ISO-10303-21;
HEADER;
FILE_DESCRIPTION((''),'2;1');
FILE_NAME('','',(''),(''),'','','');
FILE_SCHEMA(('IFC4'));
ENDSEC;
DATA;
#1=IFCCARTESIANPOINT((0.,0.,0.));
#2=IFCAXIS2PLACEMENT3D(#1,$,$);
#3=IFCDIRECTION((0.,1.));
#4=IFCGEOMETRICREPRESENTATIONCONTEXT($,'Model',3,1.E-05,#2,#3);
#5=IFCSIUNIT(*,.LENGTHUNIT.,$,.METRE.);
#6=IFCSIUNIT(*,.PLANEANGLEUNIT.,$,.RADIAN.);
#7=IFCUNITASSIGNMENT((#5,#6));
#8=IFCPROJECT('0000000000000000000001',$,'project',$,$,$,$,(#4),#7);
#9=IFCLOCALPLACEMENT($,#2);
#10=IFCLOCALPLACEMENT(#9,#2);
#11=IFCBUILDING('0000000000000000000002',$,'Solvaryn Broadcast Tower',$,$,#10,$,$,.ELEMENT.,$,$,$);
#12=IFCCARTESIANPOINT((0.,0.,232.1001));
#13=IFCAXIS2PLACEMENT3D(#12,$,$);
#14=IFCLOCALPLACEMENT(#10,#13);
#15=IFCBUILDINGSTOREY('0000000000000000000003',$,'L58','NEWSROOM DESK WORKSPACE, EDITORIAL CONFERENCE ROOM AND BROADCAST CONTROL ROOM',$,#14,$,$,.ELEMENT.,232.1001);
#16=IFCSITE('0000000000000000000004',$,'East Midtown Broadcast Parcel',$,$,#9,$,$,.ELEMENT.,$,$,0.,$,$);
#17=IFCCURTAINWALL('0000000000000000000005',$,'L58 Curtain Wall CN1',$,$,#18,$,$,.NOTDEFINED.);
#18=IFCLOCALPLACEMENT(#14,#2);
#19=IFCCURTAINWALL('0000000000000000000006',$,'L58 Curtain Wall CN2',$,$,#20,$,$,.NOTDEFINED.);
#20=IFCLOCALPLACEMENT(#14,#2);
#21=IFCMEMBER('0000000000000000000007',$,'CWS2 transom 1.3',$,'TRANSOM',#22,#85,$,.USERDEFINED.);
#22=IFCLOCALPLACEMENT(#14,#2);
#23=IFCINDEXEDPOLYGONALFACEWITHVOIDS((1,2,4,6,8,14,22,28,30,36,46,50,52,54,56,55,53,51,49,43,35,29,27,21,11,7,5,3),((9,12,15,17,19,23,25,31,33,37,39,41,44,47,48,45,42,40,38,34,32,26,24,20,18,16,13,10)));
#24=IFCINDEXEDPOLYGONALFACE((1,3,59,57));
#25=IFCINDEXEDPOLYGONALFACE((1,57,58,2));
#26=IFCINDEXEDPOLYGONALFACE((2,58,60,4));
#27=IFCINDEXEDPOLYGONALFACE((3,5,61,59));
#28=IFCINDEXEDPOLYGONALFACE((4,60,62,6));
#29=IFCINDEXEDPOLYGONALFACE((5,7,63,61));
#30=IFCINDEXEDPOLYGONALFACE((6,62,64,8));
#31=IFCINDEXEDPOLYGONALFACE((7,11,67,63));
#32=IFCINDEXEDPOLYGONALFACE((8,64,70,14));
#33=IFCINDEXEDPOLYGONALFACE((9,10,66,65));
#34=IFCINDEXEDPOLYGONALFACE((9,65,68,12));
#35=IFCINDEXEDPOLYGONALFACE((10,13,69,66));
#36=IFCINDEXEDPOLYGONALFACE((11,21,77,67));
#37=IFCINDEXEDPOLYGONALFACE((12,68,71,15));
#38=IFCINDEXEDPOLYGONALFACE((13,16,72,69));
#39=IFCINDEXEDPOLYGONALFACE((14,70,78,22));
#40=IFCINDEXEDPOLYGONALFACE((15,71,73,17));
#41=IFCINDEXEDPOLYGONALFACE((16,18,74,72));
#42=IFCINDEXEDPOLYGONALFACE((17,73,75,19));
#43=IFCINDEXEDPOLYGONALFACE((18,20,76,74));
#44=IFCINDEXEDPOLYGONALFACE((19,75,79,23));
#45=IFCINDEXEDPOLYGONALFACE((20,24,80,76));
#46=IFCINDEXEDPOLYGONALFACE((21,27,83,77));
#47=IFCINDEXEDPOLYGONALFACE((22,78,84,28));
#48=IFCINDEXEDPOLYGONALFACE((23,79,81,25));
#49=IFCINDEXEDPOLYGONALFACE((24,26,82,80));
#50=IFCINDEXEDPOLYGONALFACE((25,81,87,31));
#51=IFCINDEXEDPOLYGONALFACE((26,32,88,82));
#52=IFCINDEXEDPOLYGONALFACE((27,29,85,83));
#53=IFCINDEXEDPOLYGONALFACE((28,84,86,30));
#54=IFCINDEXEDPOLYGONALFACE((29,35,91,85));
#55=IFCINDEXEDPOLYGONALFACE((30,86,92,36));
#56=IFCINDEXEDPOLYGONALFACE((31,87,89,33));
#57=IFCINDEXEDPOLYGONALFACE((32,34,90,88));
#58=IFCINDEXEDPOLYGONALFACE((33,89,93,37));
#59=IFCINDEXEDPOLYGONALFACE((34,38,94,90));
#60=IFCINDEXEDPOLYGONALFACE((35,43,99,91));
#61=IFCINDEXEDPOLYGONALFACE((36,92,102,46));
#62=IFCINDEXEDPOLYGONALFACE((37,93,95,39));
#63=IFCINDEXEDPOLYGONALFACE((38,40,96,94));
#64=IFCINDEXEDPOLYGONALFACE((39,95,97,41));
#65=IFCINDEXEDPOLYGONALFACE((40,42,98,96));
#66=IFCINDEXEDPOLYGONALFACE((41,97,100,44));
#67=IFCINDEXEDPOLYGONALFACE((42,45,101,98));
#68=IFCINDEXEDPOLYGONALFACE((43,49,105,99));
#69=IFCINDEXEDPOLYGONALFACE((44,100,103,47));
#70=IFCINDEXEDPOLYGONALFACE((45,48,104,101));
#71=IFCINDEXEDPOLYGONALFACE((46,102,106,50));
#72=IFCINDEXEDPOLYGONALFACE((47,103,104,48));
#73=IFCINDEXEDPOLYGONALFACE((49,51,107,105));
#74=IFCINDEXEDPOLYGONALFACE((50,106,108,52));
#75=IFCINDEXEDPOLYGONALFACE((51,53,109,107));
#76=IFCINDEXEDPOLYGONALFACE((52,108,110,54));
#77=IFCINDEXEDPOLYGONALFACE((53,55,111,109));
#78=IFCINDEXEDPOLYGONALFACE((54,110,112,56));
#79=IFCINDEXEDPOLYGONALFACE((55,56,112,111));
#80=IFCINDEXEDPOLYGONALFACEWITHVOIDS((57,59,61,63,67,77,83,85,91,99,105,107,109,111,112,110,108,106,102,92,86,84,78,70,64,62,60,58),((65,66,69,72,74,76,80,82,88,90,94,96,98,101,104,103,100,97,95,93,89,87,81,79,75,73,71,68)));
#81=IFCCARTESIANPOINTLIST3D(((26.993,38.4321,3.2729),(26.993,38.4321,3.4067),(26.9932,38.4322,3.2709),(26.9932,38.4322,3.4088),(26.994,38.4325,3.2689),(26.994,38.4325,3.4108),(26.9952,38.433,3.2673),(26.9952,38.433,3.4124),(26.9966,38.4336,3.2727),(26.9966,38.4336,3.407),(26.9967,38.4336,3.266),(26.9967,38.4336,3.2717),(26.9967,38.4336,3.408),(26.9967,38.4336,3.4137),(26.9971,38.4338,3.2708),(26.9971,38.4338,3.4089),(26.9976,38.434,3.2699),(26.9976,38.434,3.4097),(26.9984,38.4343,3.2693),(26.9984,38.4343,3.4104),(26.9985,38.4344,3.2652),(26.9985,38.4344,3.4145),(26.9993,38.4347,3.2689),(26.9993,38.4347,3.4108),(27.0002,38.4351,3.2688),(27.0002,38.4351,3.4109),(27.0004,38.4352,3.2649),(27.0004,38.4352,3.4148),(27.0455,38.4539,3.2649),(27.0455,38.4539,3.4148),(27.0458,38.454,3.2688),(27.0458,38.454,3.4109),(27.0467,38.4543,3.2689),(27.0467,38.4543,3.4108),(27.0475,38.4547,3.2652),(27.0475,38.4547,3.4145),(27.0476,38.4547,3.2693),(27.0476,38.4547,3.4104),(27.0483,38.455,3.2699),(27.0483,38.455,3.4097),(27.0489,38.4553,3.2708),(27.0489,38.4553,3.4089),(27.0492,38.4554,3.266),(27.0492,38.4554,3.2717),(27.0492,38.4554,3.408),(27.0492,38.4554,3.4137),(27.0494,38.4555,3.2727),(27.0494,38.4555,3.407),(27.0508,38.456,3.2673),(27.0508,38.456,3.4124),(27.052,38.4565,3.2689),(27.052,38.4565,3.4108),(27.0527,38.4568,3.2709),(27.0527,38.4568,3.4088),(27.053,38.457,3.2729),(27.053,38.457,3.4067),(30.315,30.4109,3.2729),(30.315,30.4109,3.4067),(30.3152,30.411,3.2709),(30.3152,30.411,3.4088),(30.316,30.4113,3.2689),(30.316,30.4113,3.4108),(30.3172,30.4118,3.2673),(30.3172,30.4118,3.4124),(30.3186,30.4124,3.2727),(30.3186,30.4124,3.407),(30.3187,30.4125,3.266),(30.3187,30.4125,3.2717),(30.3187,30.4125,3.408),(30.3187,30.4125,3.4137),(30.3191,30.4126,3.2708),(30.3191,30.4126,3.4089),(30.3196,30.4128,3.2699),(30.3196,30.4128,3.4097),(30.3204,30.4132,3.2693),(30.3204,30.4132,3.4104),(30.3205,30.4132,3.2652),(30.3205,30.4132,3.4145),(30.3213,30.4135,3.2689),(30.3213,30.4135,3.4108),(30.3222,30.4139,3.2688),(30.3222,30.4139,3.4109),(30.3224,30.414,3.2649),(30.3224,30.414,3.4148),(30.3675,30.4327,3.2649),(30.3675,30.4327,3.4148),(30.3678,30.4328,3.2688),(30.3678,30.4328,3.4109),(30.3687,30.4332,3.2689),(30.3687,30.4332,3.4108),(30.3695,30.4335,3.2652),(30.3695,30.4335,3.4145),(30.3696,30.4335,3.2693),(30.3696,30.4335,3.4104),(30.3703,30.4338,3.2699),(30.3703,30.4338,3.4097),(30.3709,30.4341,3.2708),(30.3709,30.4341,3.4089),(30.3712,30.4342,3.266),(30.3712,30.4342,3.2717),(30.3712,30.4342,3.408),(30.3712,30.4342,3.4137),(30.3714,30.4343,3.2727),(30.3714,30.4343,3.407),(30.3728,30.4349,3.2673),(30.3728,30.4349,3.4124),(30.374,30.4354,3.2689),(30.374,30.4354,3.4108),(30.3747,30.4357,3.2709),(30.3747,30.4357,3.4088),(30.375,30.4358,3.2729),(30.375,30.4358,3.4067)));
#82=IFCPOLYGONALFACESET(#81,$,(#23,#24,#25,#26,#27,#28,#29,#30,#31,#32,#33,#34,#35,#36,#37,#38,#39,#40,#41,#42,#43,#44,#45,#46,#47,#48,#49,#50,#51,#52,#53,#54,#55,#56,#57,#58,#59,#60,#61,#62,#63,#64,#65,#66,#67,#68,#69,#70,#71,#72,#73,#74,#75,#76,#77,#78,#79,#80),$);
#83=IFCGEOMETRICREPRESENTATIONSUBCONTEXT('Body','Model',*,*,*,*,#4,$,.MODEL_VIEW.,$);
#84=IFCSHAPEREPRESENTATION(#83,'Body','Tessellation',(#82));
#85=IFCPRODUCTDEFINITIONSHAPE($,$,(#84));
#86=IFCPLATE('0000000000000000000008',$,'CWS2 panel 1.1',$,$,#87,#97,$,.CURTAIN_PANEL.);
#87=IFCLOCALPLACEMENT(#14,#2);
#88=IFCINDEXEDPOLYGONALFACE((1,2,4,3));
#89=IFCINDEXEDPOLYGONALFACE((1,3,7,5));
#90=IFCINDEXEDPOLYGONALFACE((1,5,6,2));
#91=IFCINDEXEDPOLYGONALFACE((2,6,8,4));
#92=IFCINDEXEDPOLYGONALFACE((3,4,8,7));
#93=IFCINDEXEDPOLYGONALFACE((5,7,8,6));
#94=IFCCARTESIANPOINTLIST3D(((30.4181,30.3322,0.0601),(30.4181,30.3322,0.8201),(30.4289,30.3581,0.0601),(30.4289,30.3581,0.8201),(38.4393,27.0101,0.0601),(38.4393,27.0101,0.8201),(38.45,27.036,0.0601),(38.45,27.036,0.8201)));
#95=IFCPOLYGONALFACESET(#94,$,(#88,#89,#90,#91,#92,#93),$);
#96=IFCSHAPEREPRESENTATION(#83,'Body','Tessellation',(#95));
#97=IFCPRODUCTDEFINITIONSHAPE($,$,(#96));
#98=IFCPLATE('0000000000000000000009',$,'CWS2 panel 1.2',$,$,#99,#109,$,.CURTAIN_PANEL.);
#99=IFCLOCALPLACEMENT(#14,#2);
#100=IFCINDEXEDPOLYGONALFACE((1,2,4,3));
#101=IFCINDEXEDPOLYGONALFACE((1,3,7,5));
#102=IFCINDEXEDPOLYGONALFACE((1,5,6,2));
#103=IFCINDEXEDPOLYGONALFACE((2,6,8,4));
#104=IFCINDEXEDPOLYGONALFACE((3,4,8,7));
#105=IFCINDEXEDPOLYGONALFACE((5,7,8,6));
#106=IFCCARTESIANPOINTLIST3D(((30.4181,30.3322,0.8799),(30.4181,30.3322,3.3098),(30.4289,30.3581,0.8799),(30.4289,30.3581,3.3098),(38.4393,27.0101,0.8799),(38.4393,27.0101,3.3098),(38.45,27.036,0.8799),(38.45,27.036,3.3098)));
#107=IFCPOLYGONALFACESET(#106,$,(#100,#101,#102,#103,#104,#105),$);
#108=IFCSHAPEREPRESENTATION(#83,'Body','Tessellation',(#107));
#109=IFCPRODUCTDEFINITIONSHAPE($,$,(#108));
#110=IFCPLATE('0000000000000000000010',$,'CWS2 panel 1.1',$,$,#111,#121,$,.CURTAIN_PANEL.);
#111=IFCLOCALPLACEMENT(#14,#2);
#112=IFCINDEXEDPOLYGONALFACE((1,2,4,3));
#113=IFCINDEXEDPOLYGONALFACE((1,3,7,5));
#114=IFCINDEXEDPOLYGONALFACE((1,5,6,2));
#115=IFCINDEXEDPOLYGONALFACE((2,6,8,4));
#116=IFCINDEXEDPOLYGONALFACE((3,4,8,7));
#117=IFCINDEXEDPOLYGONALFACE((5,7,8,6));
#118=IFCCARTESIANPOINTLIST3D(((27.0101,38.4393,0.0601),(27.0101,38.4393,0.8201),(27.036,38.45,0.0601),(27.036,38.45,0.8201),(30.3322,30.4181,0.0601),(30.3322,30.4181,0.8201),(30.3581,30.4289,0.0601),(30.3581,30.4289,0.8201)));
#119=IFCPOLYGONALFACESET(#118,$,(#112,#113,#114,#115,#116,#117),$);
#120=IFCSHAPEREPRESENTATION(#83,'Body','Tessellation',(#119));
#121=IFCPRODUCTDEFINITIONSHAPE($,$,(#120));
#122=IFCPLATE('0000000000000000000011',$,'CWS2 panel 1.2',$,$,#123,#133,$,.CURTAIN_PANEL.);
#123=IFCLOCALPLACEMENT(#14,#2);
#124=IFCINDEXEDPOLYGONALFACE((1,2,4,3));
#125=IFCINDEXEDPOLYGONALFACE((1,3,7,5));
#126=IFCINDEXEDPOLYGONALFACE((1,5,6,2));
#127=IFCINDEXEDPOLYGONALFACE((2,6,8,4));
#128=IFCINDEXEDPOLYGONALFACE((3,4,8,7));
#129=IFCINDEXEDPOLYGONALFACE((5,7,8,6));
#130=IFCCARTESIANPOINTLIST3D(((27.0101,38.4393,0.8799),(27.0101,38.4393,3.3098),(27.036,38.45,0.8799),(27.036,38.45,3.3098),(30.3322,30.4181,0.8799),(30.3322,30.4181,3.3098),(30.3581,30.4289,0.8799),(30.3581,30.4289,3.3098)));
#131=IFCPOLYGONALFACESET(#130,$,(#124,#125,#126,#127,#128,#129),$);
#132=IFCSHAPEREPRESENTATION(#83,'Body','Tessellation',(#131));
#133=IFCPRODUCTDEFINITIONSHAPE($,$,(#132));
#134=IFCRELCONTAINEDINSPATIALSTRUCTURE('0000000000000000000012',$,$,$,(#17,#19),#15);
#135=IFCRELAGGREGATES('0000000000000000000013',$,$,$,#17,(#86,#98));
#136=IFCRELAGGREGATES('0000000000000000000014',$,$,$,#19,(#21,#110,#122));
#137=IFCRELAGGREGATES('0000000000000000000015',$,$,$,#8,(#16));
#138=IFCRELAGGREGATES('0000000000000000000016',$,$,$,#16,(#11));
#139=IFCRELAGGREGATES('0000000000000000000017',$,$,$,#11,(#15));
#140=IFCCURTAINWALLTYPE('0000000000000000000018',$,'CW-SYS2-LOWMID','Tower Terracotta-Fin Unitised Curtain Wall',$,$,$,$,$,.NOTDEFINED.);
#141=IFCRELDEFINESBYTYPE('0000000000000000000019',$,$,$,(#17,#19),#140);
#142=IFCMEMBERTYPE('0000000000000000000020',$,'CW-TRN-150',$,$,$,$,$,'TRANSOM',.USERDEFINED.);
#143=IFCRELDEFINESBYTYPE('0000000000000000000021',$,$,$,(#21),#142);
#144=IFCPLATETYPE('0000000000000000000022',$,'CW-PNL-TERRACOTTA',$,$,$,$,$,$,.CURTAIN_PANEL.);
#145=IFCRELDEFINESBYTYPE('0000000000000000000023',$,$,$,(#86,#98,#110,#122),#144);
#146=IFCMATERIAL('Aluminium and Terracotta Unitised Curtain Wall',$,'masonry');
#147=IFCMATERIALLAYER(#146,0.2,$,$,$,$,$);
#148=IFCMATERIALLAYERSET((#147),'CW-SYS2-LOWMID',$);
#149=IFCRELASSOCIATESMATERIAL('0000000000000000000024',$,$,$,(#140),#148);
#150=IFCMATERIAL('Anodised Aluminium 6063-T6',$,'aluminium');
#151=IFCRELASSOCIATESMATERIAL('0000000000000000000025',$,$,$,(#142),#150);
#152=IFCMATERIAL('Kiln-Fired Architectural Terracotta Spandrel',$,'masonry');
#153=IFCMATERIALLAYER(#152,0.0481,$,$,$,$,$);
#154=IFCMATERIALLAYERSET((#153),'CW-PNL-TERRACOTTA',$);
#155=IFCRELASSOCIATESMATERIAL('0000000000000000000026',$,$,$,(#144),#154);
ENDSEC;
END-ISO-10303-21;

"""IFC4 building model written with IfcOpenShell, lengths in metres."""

from ifc_helpers import new_model, si_unit, direction, frame, origin, origin_2d, place, context, subcontext, project, spatial, rectangle, hollow_rectangle, extrude, material, layer, layer_set, material_profile, profile_set, type_object, element, aggregate, save


model = new_model("IFC4")

# Units and contexts
model_context = context("Model", 3, precision=1e-05, world=origin(), true_north=direction((0.0, 1.0)))
body_context = subcontext(model_context, "Body", "Model", "MODEL_VIEW")
ifc_project = project(units=[si_unit("LENGTHUNIT", "METRE"), si_unit("PLANEANGLEUNIT", "RADIAN")], contexts=[model_context])

# Site, building, storey
site_placement = place(None, origin())
site = spatial("IfcSite", under=ifc_project, at=site_placement, Name="East Midtown Broadcast Parcel", CompositionType="ELEMENT", RefElevation=0.0)
building_placement = place(site_placement, origin())
building = spatial("IfcBuilding", under=site, at=building_placement, Name="Solvaryn Broadcast Tower", CompositionType="ELEMENT")
storey_placement = place(building_placement, frame((0.0, 0.0, 232.1001)))
storey = spatial("IfcBuildingStorey", under=building, at=storey_placement, Name="L58", Description="NEWSROOM DESK WORKSPACE, EDITORIAL CONFERENCE ROOM AND BROADCAST CONTROL ROOM", CompositionType="ELEMENT", Elevation=232.1001)

# Curtain wall
ifc_material_1 = material(Name="Aluminium and Terracotta Unitised Curtain Wall", Category="masonry")
ifc_layer_1 = layer(ifc_material_1, 0.2)
ifc_layer_set_1 = layer_set([ifc_layer_1], Name="CW-SYS2-LOWMID")
curtain_wall_type = type_object("IfcCurtainWallType", Name="CW-SYS2-LOWMID", Description="Tower Terracotta-Fin Unitised Curtain Wall", PredefinedType="NOTDEFINED", material=ifc_layer_set_1)
curtain_wall_1_placement = place(storey_placement, origin())
curtain_wall_1 = element("IfcCurtainWall", 1, at=curtain_wall_1_placement, inside=storey, type_object=curtain_wall_type, Name="L58 Curtain Wall CN1", PredefinedType="NOTDEFINED")

# Curtain wall, member
curtain_wall_2_placement = place(storey_placement, origin())
curtain_wall_2 = element("IfcCurtainWall", 2, at=curtain_wall_2_placement, inside=storey, type_object=curtain_wall_type, Name="L58 Curtain Wall CN2", PredefinedType="NOTDEFINED")
ifc_material_2 = material(Name="Anodised Aluminium 6063-T6", Category="aluminium")
ifc_material_profile_1 = material_profile(ifc_material_2, hollow_rectangle(XDim=0.0649, YDim=0.1499, WallThickness=0.0039, InnerFilletRadius=0.0039, OuterFilletRadius=0.0081, at=origin_2d()))
ifc_profile_set_1 = profile_set([ifc_material_profile_1], Name="Anodised Aluminium 6063-T6")
member_type_1 = type_object("IfcMemberType", Name="CW-TRN-150", ElementType="TRANSOM", PredefinedType="USERDEFINED", material=ifc_profile_set_1)
member_1_placement = place(storey_placement, frame((30.345, 30.4233, 3.3398), z_axis=(-0.382636, 0.923899, 0.0), x_axis=(-0.923899, -0.382636, 0.0)))
member_1 = element("IfcMember", 3, at=member_1_placement, type_object=member_type_1, Name="CWS2 transom 1.3", ObjectType="TRANSOM", PredefinedType="USERDEFINED", context=body_context, shape_type="SweptSolid", body=[
    extrude(hollow_rectangle(XDim=0.0649, YDim=0.1499, WallThickness=0.0039, InnerFilletRadius=0.0039, OuterFilletRadius=0.0081, at=origin_2d()), origin(), (0.0, 0.0, 1.0), 8.6819),
])

# Plates
ifc_material_3 = material(Name="Kiln-Fired Architectural Terracotta Spandrel", Category="masonry")
ifc_layer_2 = layer(ifc_material_3, 0.0481)
ifc_layer_set_2 = layer_set([ifc_layer_2], Name="CW-PNL-TERRACOTTA")
plate_type = type_object("IfcPlateType", Name="CW-PNL-TERRACOTTA", PredefinedType="CURTAIN_PANEL", material=ifc_layer_set_2)
plate_1_placement = place(storey_placement, frame((34.4341, 28.6841, 0.0601), z_axis=(0.0, 0.0, 1.0), x_axis=(-0.923895, 0.382646, 0.0)))
plate_1 = element("IfcPlate", 4, at=plate_1_placement, type_object=plate_type, Name="CWS2 panel 1.1", PredefinedType="CURTAIN_PANEL", context=body_context, shape_type="SweptSolid", body=[
    extrude(rectangle(XDim=8.6819, YDim=0.0281, at=origin_2d()), origin(), (0.0, 0.0, 1.0), 0.76),
])
plate_2_placement = place(storey_placement, frame((34.4341, 28.6841, 0.8799), z_axis=(0.0, 0.0, 1.0), x_axis=(-0.923895, 0.382646, 0.0)))
plate_2 = element("IfcPlate", 5, at=plate_2_placement, type_object=plate_type, Name="CWS2 panel 1.2", PredefinedType="CURTAIN_PANEL", context=body_context, shape_type="SweptSolid", body=[
    extrude(rectangle(XDim=8.6819, YDim=0.0281, at=origin_2d()), origin(), (0.0, 0.0, 1.0), 2.4299),
])
aggregate(curtain_wall_1, [plate_1, plate_2])
plate_3_placement = place(storey_placement, frame((28.6841, 34.4341, 0.0601), z_axis=(0.0, 0.0, 1.0), x_axis=(-0.382646, 0.923895, 0.0)))
plate_3 = element("IfcPlate", 6, at=plate_3_placement, type_object=plate_type, Name="CWS2 panel 1.1", PredefinedType="CURTAIN_PANEL", context=body_context, shape_type="SweptSolid", body=[
    extrude(rectangle(XDim=8.6819, YDim=0.0281, at=origin_2d()), origin(), (0.0, 0.0, 1.0), 0.76),
])
plate_4_placement = place(storey_placement, frame((28.6841, 34.4341, 0.8799), z_axis=(0.0, 0.0, 1.0), x_axis=(-0.382646, 0.923895, 0.0)))
plate_4 = element("IfcPlate", 7, at=plate_4_placement, type_object=plate_type, Name="CWS2 panel 1.2", PredefinedType="CURTAIN_PANEL", context=body_context, shape_type="SweptSolid", body=[
    extrude(rectangle(XDim=8.6819, YDim=0.0281, at=origin_2d()), origin(), (0.0, 0.0, 1.0), 2.4299),
])
aggregate(curtain_wall_2, [member_1, plate_3, plate_4])

save(model, "model.ifc")
